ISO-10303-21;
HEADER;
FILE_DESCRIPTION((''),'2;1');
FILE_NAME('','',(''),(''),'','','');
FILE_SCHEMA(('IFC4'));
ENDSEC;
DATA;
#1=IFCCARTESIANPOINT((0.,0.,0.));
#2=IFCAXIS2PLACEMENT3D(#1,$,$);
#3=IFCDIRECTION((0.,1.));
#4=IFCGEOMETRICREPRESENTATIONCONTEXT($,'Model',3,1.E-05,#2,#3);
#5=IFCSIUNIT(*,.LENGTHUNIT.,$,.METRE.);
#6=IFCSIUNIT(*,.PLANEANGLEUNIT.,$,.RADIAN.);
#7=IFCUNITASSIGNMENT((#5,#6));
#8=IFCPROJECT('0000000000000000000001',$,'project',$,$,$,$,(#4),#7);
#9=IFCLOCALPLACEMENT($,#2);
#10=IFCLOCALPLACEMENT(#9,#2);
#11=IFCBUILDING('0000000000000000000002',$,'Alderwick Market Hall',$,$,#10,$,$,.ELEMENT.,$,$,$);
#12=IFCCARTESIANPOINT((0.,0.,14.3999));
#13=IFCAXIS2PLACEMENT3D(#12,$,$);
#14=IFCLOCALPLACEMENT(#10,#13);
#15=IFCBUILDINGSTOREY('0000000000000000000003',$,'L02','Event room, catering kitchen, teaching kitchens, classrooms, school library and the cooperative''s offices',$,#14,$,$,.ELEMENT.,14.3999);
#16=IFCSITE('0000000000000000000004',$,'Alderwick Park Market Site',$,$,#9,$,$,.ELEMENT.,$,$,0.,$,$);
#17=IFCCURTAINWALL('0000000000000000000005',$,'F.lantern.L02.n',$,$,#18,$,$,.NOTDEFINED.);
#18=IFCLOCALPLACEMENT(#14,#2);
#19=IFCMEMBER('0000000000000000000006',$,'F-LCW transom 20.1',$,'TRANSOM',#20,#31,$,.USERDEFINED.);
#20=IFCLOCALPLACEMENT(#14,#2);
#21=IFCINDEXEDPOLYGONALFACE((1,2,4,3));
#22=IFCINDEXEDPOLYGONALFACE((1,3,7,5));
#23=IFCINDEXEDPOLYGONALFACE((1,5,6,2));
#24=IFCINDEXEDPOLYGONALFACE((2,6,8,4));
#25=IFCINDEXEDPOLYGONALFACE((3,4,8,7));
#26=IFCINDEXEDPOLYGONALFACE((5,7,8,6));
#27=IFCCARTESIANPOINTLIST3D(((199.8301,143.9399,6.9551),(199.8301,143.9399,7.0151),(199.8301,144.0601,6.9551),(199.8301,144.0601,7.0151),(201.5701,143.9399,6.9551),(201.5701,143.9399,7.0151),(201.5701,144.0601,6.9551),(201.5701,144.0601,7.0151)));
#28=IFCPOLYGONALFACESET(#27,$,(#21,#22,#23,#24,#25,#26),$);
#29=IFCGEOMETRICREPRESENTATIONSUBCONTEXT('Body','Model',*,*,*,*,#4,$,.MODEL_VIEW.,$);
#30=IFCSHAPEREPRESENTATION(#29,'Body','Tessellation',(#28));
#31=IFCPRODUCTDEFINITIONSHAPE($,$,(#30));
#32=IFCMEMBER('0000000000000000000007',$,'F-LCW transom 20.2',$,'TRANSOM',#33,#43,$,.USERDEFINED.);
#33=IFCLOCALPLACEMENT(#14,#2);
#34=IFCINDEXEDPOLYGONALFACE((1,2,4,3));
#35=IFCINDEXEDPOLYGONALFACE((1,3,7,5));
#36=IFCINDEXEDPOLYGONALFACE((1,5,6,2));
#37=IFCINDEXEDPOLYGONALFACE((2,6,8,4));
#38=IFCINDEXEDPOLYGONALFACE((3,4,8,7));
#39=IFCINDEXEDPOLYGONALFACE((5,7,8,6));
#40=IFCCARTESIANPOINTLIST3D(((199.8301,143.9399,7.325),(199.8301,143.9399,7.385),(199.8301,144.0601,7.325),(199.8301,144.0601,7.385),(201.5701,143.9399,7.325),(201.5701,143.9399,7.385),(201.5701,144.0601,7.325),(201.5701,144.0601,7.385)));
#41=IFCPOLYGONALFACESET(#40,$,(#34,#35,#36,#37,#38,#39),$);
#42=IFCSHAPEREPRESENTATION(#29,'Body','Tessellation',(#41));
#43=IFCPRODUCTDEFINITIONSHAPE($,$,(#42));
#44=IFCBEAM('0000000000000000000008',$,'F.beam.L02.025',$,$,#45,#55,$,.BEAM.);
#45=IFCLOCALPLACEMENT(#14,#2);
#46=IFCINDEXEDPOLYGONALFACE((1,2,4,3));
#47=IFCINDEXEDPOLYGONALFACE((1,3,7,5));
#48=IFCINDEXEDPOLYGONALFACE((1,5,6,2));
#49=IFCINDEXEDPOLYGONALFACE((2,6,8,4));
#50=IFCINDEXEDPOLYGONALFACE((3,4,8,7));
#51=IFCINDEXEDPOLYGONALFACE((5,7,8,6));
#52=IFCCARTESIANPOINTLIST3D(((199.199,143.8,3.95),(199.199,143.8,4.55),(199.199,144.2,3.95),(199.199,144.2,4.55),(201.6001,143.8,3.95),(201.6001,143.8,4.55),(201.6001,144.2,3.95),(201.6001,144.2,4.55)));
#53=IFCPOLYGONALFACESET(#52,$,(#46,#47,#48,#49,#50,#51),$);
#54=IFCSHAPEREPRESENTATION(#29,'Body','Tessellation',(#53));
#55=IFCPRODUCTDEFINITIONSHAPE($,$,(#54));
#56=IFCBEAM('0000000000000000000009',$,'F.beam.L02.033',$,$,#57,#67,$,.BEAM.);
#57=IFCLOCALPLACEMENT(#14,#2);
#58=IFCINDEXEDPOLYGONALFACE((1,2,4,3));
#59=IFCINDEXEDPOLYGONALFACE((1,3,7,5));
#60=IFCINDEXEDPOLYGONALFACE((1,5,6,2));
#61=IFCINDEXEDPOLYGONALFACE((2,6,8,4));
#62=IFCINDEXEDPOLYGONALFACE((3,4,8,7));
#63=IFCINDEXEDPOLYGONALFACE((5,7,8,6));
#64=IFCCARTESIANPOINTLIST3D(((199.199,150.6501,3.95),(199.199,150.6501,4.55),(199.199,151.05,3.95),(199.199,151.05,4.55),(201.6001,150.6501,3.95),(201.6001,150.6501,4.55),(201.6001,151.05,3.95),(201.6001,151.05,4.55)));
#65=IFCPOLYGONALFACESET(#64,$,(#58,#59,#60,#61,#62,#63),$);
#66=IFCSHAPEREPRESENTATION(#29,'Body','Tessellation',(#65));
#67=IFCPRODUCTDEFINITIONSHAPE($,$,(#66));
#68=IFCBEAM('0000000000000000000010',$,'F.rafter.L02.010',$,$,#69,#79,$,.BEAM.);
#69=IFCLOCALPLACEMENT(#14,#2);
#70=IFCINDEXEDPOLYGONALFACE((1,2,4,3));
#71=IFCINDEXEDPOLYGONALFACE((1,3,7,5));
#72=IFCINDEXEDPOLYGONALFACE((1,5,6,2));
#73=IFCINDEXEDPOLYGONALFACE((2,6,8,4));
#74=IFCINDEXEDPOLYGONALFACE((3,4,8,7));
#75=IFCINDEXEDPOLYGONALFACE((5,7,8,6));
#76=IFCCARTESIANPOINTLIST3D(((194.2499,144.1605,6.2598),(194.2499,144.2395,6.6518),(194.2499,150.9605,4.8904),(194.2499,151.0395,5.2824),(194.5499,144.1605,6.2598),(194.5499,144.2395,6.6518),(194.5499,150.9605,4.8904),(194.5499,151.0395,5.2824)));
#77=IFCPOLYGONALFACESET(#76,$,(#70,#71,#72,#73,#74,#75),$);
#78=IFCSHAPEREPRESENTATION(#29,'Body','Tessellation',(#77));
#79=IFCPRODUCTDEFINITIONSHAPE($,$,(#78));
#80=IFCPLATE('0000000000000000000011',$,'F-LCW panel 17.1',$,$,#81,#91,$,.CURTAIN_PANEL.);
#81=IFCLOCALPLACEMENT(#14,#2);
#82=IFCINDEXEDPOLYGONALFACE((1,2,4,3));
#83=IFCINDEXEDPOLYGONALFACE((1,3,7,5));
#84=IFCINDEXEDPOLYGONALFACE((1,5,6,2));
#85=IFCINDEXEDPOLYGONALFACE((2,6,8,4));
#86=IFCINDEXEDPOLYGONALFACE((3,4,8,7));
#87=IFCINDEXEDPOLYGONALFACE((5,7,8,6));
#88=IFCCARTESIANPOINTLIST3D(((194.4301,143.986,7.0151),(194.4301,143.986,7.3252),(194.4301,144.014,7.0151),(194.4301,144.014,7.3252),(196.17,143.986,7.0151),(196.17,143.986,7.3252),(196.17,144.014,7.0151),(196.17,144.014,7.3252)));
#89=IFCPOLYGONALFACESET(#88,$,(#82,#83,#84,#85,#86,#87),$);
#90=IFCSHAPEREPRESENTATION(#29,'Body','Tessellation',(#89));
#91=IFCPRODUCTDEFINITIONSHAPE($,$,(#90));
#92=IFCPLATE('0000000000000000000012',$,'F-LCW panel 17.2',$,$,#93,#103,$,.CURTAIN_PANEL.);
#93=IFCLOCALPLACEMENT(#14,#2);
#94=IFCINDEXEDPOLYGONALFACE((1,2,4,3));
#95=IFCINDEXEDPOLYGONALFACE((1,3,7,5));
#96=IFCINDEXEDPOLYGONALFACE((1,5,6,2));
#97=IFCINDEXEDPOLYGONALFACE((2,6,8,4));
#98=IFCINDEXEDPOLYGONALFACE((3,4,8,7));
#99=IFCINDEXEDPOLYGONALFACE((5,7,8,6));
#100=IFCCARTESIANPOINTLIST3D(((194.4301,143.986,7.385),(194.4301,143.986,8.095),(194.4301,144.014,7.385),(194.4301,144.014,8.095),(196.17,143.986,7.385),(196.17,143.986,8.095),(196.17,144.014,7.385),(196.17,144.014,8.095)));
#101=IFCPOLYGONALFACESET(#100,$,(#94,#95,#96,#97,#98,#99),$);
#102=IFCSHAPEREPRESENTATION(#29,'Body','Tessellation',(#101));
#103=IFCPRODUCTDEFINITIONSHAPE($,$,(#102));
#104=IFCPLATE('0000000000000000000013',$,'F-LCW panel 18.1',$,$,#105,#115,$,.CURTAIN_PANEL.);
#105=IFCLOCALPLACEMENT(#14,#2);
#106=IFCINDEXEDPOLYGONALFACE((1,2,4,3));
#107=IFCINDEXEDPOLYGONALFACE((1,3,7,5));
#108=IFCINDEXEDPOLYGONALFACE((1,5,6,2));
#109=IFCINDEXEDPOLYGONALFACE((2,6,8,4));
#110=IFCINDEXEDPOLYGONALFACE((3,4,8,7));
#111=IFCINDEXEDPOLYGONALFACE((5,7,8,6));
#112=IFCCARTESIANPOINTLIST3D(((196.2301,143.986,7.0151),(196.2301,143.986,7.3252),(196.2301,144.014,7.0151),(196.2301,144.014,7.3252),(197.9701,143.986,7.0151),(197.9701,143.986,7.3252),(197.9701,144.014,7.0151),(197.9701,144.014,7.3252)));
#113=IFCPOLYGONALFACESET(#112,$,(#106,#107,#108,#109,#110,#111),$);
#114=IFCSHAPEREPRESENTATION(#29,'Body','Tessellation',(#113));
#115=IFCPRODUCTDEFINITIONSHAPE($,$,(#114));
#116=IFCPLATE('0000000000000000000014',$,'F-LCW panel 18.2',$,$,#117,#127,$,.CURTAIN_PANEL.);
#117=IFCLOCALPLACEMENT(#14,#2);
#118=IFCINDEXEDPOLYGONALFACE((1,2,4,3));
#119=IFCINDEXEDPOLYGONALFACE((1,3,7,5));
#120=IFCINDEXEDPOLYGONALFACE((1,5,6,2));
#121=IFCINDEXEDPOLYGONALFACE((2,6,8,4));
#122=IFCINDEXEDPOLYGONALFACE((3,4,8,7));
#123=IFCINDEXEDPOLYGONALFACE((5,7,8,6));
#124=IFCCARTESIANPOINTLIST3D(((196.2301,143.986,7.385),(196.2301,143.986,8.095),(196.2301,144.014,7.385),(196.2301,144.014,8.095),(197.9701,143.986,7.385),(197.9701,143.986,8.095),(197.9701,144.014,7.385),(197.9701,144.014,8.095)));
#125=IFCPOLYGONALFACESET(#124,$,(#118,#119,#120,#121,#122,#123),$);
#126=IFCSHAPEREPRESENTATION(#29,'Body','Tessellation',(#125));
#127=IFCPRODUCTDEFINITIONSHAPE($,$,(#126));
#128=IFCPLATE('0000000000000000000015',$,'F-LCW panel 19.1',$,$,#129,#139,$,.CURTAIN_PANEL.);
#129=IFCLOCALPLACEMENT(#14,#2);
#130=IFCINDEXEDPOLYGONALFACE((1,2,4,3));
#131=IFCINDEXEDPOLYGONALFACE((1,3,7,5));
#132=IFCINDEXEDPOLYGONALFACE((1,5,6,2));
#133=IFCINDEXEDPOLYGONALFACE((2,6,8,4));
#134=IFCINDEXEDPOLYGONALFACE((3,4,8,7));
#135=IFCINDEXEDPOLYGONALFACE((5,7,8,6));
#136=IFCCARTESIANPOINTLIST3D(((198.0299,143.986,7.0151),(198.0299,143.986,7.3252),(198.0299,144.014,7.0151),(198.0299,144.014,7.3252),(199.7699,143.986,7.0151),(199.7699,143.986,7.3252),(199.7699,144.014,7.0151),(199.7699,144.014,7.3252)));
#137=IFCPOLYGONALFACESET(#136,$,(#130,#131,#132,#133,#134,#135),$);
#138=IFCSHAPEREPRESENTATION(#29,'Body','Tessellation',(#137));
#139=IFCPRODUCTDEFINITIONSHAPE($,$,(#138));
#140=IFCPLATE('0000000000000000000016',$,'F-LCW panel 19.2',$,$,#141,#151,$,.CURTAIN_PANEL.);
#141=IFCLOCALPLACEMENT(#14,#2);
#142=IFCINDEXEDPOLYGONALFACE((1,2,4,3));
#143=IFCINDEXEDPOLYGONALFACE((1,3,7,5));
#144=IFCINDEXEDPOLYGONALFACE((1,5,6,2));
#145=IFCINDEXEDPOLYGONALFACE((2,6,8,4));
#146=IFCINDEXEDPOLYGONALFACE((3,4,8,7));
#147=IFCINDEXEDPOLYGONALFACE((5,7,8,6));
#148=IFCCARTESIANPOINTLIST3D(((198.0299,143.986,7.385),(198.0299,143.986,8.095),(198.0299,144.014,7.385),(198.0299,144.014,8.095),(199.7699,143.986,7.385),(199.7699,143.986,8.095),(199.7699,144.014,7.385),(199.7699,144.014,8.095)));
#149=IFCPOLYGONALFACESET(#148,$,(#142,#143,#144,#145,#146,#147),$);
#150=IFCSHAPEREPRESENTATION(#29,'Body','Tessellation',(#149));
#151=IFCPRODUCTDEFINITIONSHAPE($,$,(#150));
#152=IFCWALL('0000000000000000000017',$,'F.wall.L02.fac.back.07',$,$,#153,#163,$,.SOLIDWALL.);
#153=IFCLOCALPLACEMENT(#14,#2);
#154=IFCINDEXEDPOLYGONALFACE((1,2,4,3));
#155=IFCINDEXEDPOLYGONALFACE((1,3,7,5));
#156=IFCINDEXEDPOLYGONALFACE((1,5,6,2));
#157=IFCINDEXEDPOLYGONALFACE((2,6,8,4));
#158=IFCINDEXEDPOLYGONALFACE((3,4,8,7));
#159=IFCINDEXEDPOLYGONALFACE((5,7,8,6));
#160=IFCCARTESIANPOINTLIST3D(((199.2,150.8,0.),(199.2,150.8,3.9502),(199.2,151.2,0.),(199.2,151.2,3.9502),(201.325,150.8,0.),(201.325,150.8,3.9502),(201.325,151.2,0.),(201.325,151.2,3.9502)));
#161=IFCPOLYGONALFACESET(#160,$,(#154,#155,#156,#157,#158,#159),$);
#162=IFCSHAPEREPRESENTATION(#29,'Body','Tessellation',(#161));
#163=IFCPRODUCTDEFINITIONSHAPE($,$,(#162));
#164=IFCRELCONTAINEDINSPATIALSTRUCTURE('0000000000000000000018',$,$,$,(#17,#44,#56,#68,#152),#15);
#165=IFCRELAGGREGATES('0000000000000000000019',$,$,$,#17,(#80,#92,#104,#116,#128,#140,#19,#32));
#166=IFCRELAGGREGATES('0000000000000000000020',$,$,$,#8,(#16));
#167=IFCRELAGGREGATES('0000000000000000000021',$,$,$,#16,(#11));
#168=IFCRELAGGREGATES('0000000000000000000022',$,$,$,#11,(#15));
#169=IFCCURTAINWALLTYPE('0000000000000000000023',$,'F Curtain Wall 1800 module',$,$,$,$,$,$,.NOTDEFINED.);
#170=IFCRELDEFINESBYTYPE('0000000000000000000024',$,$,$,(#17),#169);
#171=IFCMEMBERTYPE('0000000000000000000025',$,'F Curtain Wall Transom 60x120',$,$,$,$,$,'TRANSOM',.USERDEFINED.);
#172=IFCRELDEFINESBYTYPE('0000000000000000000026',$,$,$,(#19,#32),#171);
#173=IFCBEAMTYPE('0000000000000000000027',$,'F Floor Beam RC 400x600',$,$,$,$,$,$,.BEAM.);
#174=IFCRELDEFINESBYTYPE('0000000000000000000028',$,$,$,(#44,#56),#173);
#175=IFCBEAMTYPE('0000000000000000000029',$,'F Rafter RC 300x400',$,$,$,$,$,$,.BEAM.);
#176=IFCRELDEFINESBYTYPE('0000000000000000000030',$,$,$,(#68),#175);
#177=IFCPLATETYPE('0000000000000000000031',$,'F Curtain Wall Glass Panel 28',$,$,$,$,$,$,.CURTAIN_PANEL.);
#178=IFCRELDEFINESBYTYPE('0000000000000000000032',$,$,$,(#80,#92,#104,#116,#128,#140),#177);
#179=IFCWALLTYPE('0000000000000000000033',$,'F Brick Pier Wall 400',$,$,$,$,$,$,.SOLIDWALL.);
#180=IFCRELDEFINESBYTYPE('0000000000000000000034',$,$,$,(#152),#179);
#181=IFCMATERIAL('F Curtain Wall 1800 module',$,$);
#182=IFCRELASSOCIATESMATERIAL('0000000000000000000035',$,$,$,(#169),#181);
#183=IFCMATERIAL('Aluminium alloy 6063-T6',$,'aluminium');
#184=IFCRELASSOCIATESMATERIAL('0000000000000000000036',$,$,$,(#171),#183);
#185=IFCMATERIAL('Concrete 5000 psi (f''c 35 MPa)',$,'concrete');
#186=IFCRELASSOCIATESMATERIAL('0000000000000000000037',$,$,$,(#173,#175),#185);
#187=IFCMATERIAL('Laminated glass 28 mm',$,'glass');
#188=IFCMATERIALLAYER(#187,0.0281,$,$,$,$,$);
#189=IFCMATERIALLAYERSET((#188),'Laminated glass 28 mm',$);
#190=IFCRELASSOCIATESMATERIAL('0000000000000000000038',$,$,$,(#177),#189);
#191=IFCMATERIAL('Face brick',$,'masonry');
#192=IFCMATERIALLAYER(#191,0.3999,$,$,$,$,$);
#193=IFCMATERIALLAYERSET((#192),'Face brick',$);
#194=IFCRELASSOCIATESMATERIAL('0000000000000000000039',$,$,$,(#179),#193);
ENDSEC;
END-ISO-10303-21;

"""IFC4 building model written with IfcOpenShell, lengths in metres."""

from ifc_helpers import new_model, si_unit, direction, frame, frame_2d, origin, origin_2d, place, context, subcontext, project, spatial, rectangle, extrude, material, layer, layer_set, material_profile, profile_set, type_object, element, aggregate, save


model = new_model("IFC4")

# Units and contexts
model_context = context("Model", 3, precision=1e-05, world=origin(), true_north=direction((0.0, 1.0)))
body_context = subcontext(model_context, "Body", "Model", "MODEL_VIEW")
ifc_project = project(units=[si_unit("LENGTHUNIT", "METRE"), si_unit("PLANEANGLEUNIT", "RADIAN")], contexts=[model_context])

# Site, building, storey
site_placement = place(None, origin())
site = spatial("IfcSite", under=ifc_project, at=site_placement, Name="Alderwick Park Market Site", CompositionType="ELEMENT", RefElevation=0.0)
building_placement = place(site_placement, origin())
building = spatial("IfcBuilding", under=site, at=building_placement, Name="Alderwick Market Hall", CompositionType="ELEMENT")
storey_placement = place(building_placement, frame((0.0, 0.0, 14.3999)))
storey = spatial("IfcBuildingStorey", under=building, at=storey_placement, Name="L02", Description="Event room, catering kitchen, teaching kitchens, classrooms, school library and the cooperative's offices", CompositionType="ELEMENT", Elevation=14.3999)

# Shared definitions
ifc_material_1 = material(Name="Concrete 5000 psi (f'c 35 MPa)", Category="concrete")

# Curtain wall, members
ifc_material_2 = material(Name="F Curtain Wall 1800 module")
curtain_wall_type = type_object("IfcCurtainWallType", Name="F Curtain Wall 1800 module", PredefinedType="NOTDEFINED", material=ifc_material_2)
curtain_wall_placement = place(storey_placement, origin())
curtain_wall = element("IfcCurtainWall", 1, at=curtain_wall_placement, inside=storey, type_object=curtain_wall_type, Name="F.lantern.L02.n", PredefinedType="NOTDEFINED")
ifc_material_3 = material(Name="Aluminium alloy 6063-T6", Category="aluminium")
ifc_material_profile_1 = material_profile(ifc_material_3, rectangle(XDim=0.1201, YDim=0.0601, at=origin_2d()), Name="AL 60x120")
ifc_profile_set_1 = profile_set([ifc_material_profile_1], Name="Aluminium alloy 6063-T6")
member_type_1 = type_object("IfcMemberType", Name="F Curtain Wall Transom 60x120", ElementType="TRANSOM", PredefinedType="USERDEFINED", material=ifc_profile_set_1)
member_1_placement = place(storey_placement, frame((199.8301, 144.0, 6.9851), z_axis=(1.0, 0.0, 0.0), x_axis=(0.0, 1.0, 0.0)))
member_1 = element("IfcMember", 2, at=member_1_placement, type_object=member_type_1, Name="F-LCW transom 20.1", ObjectType="TRANSOM", PredefinedType="USERDEFINED", context=body_context, shape_type="SweptSolid", body=[
    extrude(rectangle(XDim=0.1201, YDim=0.0601, at=origin_2d()), origin(), (0.0, 0.0, 1.0), 1.74),
])
member_2_placement = place(storey_placement, frame((199.8301, 144.0, 7.355), z_axis=(1.0, 0.0, 0.0), x_axis=(0.0, 1.0, 0.0)))
member_2 = element("IfcMember", 3, at=member_2_placement, type_object=member_type_1, Name="F-LCW transom 20.2", ObjectType="TRANSOM", PredefinedType="USERDEFINED", context=body_context, shape_type="SweptSolid", body=[
    extrude(rectangle(XDim=0.1201, YDim=0.0601, at=origin_2d()), origin(), (0.0, 0.0, 1.0), 1.74),
])

# Beams
ifc_material_profile_2 = material_profile(ifc_material_1, rectangle(XDim=0.3999, YDim=0.6001, at=origin_2d()), Name="RC 400x600")
ifc_profile_set_2 = profile_set([ifc_material_profile_2], Name="Concrete 5000 psi (f'c 35 MPa)")
beam_type_1 = type_object("IfcBeamType", Name="F Floor Beam RC 400x600", PredefinedType="BEAM", material=ifc_profile_set_2)
for number, where, z_axis, x_axis, name in (
    (4, (199.199, 144.0, 4.25), (1.0, 0.0, 0.0), (0.0, 1.0, 0.0), "F.beam.L02.025"),
    (5, (199.199, 150.8501, 4.25), (1.0, 0.0, 0.0), (0.0, 1.0, 0.0), "F.beam.L02.033"),
):
    element("IfcBeam", number, at=place(storey_placement, frame(where, z_axis=z_axis, x_axis=x_axis)), inside=storey, type_object=beam_type_1, Name=name, PredefinedType="BEAM", context=body_context, shape_type="SweptSolid", body=[
        extrude(rectangle(XDim=0.3999, YDim=0.6001, at=origin_2d()), origin(), (0.0, 0.0, 1.0), 2.4011),
    ])
ifc_material_profile_3 = material_profile(ifc_material_1, rectangle(XDim=0.3, YDim=0.3999, at=origin_2d()), Name="RC 300x400")
ifc_profile_set_3 = profile_set([ifc_material_profile_3], Name="Concrete 5000 psi (f'c 35 MPa)")
beam_type_2 = type_object("IfcBeamType", Name="F Rafter RC 300x400", PredefinedType="BEAM", material=ifc_profile_set_3)
beam_placement = place(storey_placement, frame((194.3999, 151.0, 5.0864), z_axis=(0.0, -0.98032, 0.197416), x_axis=(1.0, 0.0, 0.0)))
element("IfcBeam", 6, at=beam_placement, inside=storey, type_object=beam_type_2, Name="F.rafter.L02.010", PredefinedType="BEAM", context=body_context, shape_type="SweptSolid", body=[
    extrude(rectangle(XDim=0.3, YDim=0.3999, at=origin_2d()), origin(), (0.0, 0.0, 1.0), 6.9365),
])

# Plates
ifc_material_4 = material(Name="Laminated glass 28 mm", Category="glass")
ifc_layer_1 = layer(ifc_material_4, 0.0281)
ifc_layer_set_1 = layer_set([ifc_layer_1], Name="Laminated glass 28 mm")
plate_type = type_object("IfcPlateType", Name="F Curtain Wall Glass Panel 28", PredefinedType="CURTAIN_PANEL", material=ifc_layer_set_1)
plate_1_placement = place(storey_placement, frame((195.3, 144.0, 7.0151), z_axis=(0.0, 0.0, 1.0), x_axis=(1.0, 0.0, 0.0)))
plate_1 = element("IfcPlate", 7, at=plate_1_placement, type_object=plate_type, Name="F-LCW panel 17.1", PredefinedType="CURTAIN_PANEL", context=body_context, shape_type="SweptSolid", body=[
    extrude(rectangle(XDim=1.74, YDim=0.0281, at=origin_2d()), origin(), (0.0, 0.0, 1.0), 0.3101),
])
plate_2_placement = place(storey_placement, frame((195.3, 144.0, 7.385), z_axis=(0.0, 0.0, 1.0), x_axis=(1.0, 0.0, 0.0)))
plate_2 = element("IfcPlate", 8, at=plate_2_placement, type_object=plate_type, Name="F-LCW panel 17.2", PredefinedType="CURTAIN_PANEL", context=body_context, shape_type="SweptSolid", body=[
    extrude(rectangle(XDim=1.74, YDim=0.0281, at=origin_2d()), origin(), (0.0, 0.0, 1.0), 0.71),
])
plate_3_placement = place(storey_placement, frame((197.1001, 144.0, 7.0151), z_axis=(0.0, 0.0, 1.0), x_axis=(1.0, 0.0, 0.0)))
plate_3 = element("IfcPlate", 9, at=plate_3_placement, type_object=plate_type, Name="F-LCW panel 18.1", PredefinedType="CURTAIN_PANEL", context=body_context, shape_type="SweptSolid", body=[
    extrude(rectangle(XDim=1.74, YDim=0.0281, at=origin_2d()), origin(), (0.0, 0.0, 1.0), 0.3101),
])
plate_4_placement = place(storey_placement, frame((197.1001, 144.0, 7.385), z_axis=(0.0, 0.0, 1.0), x_axis=(1.0, 0.0, 0.0)))
plate_4 = element("IfcPlate", 10, at=plate_4_placement, type_object=plate_type, Name="F-LCW panel 18.2", PredefinedType="CURTAIN_PANEL", context=body_context, shape_type="SweptSolid", body=[
    extrude(rectangle(XDim=1.74, YDim=0.0281, at=origin_2d()), origin(), (0.0, 0.0, 1.0), 0.71),
])
plate_5_placement = place(storey_placement, frame((198.8999, 144.0, 7.0151), z_axis=(0.0, 0.0, 1.0), x_axis=(1.0, 0.0, 0.0)))
plate_5 = element("IfcPlate", 11, at=plate_5_placement, type_object=plate_type, Name="F-LCW panel 19.1", PredefinedType="CURTAIN_PANEL", context=body_context, shape_type="SweptSolid", body=[
    extrude(rectangle(XDim=1.74, YDim=0.0281, at=origin_2d()), origin(), (0.0, 0.0, 1.0), 0.3101),
])
plate_6_placement = place(storey_placement, frame((198.8999, 144.0, 7.385), z_axis=(0.0, 0.0, 1.0), x_axis=(1.0, 0.0, 0.0)))
plate_6 = element("IfcPlate", 12, at=plate_6_placement, type_object=plate_type, Name="F-LCW panel 19.2", PredefinedType="CURTAIN_PANEL", context=body_context, shape_type="SweptSolid", body=[
    extrude(rectangle(XDim=1.74, YDim=0.0281, at=origin_2d()), origin(), (0.0, 0.0, 1.0), 0.71),
])
aggregate(curtain_wall, [plate_1, plate_2, plate_3, plate_4, plate_5, plate_6, member_1, member_2])

# Wall
ifc_material_5 = material(Name="Face brick", Category="masonry")
ifc_layer_2 = layer(ifc_material_5, 0.3999)
ifc_layer_set_2 = layer_set([ifc_layer_2], Name="Face brick")
wall_type = type_object("IfcWallType", Name="F Brick Pier Wall 400", PredefinedType="SOLIDWALL", material=ifc_layer_set_2)
wall_placement = place(storey_placement, frame((199.2, 151.0, 0.0), z_axis=(0.0, 0.0, 1.0), x_axis=(1.0, 0.0, 0.0)))
element("IfcWall", 13, at=wall_placement, inside=storey, type_object=wall_type, Name="F.wall.L02.fac.back.07", PredefinedType="SOLIDWALL", context=body_context, shape_type="SweptSolid", body=[
    extrude(rectangle(XDim=2.125, YDim=0.3999, at=frame_2d((1.0625, 0.0))), origin(), (0.0, 0.0, 1.0), 3.9502),
])

save(model, "model.ifc")
